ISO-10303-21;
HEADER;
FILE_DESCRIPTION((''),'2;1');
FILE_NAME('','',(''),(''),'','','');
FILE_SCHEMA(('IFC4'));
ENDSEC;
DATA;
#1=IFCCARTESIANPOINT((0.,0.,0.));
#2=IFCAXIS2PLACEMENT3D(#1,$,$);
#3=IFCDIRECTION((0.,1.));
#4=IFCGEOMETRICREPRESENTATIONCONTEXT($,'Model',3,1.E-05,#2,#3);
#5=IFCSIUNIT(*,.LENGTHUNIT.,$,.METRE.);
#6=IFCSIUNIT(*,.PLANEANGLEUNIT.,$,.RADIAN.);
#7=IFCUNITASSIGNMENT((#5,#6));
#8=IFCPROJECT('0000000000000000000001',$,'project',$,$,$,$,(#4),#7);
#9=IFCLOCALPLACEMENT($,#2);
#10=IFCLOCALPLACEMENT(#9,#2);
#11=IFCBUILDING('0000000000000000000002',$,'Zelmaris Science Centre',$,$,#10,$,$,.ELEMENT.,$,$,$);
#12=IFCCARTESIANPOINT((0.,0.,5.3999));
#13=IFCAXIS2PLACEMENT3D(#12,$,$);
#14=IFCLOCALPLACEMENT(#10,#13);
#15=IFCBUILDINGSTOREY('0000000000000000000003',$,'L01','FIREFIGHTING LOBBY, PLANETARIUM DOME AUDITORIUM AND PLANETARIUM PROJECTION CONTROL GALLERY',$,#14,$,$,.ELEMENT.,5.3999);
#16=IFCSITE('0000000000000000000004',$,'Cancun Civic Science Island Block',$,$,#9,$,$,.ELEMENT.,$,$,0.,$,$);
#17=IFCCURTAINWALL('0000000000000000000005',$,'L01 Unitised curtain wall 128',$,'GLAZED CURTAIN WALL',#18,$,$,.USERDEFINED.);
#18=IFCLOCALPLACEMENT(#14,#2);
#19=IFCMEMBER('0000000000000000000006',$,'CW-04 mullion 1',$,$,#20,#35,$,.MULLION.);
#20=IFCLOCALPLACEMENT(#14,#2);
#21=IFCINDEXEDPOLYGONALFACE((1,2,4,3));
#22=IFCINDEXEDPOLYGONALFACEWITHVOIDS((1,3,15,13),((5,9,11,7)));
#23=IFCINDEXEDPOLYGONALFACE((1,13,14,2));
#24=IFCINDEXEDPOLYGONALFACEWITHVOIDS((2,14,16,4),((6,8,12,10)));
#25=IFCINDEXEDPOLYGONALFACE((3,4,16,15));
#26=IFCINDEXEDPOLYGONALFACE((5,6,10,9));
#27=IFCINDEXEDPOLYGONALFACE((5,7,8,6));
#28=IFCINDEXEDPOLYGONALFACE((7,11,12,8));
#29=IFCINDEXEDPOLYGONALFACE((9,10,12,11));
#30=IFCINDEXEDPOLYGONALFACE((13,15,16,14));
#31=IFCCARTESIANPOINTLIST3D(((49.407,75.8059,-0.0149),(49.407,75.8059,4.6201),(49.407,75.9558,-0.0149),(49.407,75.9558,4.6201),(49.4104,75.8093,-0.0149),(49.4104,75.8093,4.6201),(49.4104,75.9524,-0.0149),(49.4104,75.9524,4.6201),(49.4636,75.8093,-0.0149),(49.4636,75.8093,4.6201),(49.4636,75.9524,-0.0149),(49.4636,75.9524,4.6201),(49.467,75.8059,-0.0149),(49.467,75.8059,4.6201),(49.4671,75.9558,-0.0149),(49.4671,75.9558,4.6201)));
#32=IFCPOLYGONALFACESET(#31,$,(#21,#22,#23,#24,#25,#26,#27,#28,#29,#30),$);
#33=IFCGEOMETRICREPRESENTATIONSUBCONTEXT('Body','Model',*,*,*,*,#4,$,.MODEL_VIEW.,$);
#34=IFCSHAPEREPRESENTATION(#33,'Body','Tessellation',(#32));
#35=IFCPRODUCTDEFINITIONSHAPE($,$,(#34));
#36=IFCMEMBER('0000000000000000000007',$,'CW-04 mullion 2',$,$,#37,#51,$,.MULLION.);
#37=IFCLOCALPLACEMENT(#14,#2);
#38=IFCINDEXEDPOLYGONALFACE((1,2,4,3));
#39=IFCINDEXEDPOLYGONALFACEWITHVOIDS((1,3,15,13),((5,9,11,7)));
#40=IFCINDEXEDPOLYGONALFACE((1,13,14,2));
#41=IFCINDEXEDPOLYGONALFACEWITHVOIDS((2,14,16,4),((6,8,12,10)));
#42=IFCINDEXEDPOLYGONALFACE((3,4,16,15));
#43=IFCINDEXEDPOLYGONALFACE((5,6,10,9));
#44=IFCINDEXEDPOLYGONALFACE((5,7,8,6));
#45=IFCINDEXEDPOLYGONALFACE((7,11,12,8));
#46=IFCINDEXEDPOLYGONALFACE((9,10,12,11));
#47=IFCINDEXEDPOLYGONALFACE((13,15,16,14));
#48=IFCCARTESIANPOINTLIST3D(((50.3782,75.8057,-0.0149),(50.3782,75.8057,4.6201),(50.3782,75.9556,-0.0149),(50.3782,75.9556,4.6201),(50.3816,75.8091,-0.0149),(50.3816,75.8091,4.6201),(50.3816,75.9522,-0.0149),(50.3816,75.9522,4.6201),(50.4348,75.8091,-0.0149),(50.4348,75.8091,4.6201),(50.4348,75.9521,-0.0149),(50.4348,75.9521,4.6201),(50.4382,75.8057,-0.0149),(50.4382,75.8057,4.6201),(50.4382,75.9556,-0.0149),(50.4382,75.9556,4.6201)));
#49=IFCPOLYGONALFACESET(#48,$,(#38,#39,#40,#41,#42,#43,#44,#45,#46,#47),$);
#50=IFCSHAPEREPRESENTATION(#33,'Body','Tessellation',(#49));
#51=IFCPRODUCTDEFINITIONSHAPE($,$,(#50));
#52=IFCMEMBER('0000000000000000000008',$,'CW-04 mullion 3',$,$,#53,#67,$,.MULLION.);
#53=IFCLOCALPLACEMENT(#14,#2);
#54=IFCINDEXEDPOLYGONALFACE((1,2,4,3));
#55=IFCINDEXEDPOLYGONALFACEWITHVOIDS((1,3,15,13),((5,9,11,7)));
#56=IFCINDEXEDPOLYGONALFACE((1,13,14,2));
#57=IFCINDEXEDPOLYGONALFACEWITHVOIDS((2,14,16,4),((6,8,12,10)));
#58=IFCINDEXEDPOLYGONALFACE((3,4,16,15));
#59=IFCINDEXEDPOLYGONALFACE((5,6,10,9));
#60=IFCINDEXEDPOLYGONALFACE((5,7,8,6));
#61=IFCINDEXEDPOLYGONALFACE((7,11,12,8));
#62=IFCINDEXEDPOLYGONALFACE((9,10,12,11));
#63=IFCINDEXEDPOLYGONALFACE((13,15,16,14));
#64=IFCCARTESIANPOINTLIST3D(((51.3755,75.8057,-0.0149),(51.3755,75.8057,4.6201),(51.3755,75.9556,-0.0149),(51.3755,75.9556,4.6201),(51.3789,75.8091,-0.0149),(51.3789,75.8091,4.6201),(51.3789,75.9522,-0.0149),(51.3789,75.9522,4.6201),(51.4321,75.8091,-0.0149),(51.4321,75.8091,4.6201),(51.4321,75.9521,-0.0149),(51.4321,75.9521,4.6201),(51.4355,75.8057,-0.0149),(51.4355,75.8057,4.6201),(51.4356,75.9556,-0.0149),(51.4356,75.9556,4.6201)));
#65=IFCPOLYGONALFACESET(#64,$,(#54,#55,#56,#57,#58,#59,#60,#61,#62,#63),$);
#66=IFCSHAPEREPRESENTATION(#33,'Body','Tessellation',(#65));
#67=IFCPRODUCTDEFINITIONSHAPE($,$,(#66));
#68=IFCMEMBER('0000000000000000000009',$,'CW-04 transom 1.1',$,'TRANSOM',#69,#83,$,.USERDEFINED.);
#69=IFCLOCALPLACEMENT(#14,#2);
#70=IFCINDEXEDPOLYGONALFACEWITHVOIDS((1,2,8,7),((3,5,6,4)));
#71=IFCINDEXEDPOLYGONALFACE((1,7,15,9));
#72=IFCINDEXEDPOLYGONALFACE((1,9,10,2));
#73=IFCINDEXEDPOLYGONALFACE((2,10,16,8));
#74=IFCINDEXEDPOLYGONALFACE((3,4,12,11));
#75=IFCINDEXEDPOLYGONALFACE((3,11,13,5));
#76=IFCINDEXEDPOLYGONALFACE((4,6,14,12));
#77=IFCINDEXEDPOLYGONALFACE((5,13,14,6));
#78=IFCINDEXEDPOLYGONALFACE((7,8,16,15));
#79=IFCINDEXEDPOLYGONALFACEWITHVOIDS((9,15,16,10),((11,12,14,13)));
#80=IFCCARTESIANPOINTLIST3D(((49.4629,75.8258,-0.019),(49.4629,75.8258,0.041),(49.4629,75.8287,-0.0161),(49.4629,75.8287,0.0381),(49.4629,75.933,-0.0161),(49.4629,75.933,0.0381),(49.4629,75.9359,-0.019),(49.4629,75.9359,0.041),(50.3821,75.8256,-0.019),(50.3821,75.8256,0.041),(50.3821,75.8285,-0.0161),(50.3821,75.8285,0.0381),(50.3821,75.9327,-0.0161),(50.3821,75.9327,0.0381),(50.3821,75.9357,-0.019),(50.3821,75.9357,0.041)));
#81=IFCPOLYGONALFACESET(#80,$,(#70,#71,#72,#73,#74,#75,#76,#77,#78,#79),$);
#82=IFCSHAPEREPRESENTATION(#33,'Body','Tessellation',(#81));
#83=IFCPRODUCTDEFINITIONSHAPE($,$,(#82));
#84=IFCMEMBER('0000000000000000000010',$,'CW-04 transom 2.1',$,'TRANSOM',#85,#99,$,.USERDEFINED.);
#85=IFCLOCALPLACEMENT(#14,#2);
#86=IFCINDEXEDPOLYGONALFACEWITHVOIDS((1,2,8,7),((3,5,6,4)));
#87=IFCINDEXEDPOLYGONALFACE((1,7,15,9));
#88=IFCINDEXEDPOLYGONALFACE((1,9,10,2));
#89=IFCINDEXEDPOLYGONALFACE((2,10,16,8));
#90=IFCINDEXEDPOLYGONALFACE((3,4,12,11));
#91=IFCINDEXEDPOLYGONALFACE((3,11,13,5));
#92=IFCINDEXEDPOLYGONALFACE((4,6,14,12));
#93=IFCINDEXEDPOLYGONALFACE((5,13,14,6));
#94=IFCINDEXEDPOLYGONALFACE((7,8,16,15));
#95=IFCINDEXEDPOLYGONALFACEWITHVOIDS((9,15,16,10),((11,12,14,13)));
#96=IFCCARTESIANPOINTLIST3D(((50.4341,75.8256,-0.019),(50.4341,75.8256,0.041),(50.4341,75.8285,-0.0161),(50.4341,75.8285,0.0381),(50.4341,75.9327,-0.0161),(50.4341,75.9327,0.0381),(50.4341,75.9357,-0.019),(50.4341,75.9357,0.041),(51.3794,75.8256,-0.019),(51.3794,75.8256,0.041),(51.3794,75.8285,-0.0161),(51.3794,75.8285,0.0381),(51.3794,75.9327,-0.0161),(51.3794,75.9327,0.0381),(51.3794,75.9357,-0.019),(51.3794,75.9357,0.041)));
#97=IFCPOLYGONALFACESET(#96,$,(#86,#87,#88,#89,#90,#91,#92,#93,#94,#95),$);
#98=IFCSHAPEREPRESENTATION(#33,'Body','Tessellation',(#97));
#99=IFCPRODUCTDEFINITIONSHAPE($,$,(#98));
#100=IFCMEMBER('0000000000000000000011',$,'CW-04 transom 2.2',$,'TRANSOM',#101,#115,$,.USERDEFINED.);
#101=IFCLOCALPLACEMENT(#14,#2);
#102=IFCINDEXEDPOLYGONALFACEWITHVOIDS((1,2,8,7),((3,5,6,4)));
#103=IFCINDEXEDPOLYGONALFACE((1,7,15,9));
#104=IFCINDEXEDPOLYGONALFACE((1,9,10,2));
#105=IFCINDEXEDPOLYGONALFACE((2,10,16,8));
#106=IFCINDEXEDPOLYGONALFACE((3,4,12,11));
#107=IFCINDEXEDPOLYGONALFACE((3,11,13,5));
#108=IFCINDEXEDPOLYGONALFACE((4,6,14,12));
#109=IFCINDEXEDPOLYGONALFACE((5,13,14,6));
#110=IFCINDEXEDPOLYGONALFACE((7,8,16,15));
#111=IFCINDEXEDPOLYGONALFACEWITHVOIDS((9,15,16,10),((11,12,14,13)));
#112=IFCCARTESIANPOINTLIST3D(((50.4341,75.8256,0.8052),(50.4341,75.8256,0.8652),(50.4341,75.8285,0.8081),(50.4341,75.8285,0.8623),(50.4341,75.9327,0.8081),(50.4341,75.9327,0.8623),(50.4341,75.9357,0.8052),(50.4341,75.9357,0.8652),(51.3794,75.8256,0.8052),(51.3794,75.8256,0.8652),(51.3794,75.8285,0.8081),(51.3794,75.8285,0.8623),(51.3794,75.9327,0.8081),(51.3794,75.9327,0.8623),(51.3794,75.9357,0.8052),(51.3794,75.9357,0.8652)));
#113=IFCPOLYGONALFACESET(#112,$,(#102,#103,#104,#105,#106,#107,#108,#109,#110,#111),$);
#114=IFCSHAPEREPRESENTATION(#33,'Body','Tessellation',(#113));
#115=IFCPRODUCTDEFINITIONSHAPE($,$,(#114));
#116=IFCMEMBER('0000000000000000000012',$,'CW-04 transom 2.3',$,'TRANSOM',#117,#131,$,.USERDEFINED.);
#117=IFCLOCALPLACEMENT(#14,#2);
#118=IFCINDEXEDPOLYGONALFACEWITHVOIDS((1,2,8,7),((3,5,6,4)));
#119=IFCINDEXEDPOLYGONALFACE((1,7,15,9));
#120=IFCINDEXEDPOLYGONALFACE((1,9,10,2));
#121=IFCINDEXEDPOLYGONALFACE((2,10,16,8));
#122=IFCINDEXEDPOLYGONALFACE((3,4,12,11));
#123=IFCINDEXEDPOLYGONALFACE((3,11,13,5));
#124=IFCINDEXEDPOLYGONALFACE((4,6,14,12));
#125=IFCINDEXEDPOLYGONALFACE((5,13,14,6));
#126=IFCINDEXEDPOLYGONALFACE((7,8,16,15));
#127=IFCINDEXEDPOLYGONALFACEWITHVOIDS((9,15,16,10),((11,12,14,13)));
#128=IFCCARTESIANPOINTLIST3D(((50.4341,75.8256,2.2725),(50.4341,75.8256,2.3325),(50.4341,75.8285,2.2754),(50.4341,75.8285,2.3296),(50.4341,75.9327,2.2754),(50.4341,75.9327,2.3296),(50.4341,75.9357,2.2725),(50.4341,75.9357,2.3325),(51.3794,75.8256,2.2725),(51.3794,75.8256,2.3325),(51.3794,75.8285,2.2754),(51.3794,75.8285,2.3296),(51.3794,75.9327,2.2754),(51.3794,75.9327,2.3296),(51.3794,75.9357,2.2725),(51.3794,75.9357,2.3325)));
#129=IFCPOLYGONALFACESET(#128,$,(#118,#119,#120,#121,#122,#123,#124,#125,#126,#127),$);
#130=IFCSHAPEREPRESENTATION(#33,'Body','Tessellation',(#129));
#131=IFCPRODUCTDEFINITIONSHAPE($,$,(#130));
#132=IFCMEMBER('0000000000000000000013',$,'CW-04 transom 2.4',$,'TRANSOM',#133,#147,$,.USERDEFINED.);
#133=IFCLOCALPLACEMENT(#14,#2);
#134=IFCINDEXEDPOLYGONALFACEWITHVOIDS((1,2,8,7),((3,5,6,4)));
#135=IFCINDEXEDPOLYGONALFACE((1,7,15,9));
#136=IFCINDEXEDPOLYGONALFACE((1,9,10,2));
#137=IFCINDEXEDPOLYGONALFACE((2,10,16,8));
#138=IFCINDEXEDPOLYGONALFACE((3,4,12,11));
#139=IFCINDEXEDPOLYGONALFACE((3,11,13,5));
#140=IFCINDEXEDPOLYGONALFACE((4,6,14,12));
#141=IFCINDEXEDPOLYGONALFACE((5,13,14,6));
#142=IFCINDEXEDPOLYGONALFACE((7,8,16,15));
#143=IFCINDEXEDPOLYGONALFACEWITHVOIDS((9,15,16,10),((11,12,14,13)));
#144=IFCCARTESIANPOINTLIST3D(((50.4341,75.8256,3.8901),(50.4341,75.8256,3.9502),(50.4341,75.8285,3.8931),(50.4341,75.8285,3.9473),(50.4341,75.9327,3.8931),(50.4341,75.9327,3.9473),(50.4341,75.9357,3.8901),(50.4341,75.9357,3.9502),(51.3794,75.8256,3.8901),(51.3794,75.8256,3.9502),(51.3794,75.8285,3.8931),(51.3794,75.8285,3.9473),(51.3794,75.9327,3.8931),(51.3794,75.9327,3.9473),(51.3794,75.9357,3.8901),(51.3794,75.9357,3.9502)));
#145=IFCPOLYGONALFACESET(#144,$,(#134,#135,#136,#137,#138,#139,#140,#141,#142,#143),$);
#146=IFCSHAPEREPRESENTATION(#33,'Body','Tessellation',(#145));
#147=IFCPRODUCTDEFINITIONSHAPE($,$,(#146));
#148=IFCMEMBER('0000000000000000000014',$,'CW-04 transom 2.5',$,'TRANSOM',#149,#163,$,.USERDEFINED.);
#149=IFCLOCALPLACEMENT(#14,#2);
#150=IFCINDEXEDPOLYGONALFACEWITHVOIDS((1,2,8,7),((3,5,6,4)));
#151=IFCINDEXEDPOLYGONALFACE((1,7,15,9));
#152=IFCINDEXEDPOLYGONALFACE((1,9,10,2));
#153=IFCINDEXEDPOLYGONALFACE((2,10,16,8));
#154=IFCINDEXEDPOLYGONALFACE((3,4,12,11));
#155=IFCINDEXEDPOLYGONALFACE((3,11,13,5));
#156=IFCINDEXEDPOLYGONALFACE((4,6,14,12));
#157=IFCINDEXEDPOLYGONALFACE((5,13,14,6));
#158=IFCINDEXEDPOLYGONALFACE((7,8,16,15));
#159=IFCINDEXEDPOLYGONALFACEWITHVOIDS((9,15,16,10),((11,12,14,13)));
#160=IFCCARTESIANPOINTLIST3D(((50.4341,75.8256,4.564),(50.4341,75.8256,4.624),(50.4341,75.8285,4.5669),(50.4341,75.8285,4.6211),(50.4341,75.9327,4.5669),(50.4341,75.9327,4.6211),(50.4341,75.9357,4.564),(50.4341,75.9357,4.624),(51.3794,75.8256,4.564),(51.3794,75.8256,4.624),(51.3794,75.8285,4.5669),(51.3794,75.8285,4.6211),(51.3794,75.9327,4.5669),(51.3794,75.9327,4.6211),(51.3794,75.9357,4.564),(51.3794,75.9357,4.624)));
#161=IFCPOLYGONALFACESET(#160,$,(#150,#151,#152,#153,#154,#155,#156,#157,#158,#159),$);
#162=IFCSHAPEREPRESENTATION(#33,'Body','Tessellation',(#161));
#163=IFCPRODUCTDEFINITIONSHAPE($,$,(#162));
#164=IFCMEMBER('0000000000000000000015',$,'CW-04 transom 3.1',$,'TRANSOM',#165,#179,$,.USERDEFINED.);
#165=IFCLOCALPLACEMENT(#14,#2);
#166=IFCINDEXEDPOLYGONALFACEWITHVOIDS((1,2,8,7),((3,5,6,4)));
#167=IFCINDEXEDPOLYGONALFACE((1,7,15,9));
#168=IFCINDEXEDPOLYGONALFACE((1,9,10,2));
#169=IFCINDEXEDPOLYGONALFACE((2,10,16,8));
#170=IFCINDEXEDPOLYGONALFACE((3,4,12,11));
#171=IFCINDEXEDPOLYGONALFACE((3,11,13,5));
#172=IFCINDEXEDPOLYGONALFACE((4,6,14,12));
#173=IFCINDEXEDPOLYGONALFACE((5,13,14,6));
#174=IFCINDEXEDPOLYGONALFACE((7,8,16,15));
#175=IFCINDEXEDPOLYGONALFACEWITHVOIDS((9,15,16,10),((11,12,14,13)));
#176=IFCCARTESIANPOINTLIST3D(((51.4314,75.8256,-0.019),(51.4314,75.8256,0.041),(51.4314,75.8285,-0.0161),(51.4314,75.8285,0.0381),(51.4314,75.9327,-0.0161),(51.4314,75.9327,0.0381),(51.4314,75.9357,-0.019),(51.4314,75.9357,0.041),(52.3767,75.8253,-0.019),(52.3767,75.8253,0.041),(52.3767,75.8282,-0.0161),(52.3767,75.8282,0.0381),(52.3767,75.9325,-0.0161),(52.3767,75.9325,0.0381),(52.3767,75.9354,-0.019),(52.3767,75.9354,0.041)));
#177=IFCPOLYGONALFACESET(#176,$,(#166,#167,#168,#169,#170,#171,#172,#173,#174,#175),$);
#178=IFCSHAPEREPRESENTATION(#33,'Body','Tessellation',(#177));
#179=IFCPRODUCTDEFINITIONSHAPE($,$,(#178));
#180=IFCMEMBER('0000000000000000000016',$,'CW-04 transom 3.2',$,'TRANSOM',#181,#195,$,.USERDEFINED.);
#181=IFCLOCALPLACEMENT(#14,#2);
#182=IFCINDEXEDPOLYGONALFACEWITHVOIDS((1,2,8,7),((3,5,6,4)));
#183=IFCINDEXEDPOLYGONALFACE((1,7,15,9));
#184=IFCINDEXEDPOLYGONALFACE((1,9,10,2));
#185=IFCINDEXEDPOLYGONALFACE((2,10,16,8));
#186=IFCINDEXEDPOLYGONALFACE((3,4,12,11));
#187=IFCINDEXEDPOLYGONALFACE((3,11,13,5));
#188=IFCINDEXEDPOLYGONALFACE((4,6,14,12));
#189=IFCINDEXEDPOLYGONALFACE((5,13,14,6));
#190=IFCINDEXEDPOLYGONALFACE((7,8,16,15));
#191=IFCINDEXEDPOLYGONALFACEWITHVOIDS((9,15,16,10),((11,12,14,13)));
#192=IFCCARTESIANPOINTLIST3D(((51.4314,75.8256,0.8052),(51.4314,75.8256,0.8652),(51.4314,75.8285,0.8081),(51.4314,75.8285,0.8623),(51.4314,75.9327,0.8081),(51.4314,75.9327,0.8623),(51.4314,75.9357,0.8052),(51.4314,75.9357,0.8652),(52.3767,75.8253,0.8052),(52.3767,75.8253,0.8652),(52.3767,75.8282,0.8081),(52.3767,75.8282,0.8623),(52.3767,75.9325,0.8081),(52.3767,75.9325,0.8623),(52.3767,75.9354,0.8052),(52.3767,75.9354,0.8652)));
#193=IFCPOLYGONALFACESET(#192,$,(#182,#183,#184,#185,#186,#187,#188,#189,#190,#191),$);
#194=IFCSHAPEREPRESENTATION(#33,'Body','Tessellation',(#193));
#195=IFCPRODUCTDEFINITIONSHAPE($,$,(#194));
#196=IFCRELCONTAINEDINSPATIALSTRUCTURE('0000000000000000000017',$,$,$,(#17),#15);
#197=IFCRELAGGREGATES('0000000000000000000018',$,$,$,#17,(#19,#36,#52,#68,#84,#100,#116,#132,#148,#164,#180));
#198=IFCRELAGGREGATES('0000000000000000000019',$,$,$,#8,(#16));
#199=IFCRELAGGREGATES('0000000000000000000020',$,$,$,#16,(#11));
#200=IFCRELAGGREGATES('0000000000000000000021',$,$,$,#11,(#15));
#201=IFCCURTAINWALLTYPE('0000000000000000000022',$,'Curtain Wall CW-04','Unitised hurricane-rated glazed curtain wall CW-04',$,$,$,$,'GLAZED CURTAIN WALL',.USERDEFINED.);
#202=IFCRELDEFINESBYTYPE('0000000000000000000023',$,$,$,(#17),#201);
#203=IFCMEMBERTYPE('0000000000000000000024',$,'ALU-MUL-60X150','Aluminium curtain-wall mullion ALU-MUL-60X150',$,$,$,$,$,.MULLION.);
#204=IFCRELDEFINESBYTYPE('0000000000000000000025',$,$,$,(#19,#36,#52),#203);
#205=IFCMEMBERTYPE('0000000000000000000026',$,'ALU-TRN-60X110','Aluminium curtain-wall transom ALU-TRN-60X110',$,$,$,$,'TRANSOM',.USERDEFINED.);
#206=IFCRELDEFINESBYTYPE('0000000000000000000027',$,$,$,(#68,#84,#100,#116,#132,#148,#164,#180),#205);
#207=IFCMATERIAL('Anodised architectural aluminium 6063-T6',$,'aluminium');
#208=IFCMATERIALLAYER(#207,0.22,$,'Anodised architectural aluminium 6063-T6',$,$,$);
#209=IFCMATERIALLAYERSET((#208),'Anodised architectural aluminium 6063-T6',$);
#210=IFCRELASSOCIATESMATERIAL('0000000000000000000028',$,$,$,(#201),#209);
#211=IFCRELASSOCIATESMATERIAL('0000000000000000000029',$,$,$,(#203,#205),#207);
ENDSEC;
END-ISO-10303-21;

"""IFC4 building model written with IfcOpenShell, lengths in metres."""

from ifc_helpers import new_model, si_unit, direction, frame, origin, origin_2d, place, context, subcontext, project, spatial, hollow_rectangle, extrude, material, layer, layer_set, material_profile, profile_set, type_object, element, aggregate, save


model = new_model("IFC4")

# Units and contexts
model_context = context("Model", 3, precision=1e-05, world=origin(), true_north=direction((0.0, 1.0)))
body_context = subcontext(model_context, "Body", "Model", "MODEL_VIEW")
ifc_project = project(units=[si_unit("LENGTHUNIT", "METRE"), si_unit("PLANEANGLEUNIT", "RADIAN")], contexts=[model_context])

# Site, building, storey
site_placement = place(None, origin())
site = spatial("IfcSite", under=ifc_project, at=site_placement, Name="Cancun Civic Science Island Block", CompositionType="ELEMENT", RefElevation=0.0)
building_placement = place(site_placement, origin())
building = spatial("IfcBuilding", under=site, at=building_placement, Name="Zelmaris Science Centre", CompositionType="ELEMENT")
storey_placement = place(building_placement, frame((0.0, 0.0, 5.3999)))
storey = spatial("IfcBuildingStorey", under=building, at=storey_placement, Name="L01", Description="FIREFIGHTING LOBBY, PLANETARIUM DOME AUDITORIUM AND PLANETARIUM PROJECTION CONTROL GALLERY", CompositionType="ELEMENT", Elevation=5.3999)

# Curtain wall, members
ifc_material_1 = material(Name="Anodised architectural aluminium 6063-T6", Category="aluminium")
ifc_layer_1 = layer(ifc_material_1, 0.22, Name="Anodised architectural aluminium 6063-T6")
ifc_layer_set_1 = layer_set([ifc_layer_1], Name="Anodised architectural aluminium 6063-T6")
curtain_wall_type = type_object("IfcCurtainWallType", Name="Curtain Wall CW-04", Description="Unitised hurricane-rated glazed curtain wall CW-04", ElementType="GLAZED CURTAIN WALL", PredefinedType="USERDEFINED", material=ifc_layer_set_1)
curtain_wall_placement = place(storey_placement, origin())
curtain_wall = element("IfcCurtainWall", 1, at=curtain_wall_placement, inside=storey, type_object=curtain_wall_type, Name="L01 Unitised curtain wall 128", ObjectType="GLAZED CURTAIN WALL", PredefinedType="USERDEFINED")
ifc_material_profile_1 = material_profile(ifc_material_1, hollow_rectangle(XDim=0.0601, YDim=0.1499, WallThickness=0.0034, at=origin_2d()), Name="ALU-MUL-60X150")
ifc_profile_set_1 = profile_set([ifc_material_profile_1], Name="Anodised architectural aluminium 6063-T6")
member_type_1 = type_object("IfcMemberType", Name="ALU-MUL-60X150", Description="Aluminium curtain-wall mullion ALU-MUL-60X150", PredefinedType="MULLION", material=ifc_profile_set_1)
member_1_placement = place(storey_placement, frame((49.437, 75.8809, -0.0149), z_axis=(0.0, 0.0, 1.0), x_axis=(1.0, -0.000194, 0.0)))
member_1 = element("IfcMember", 2, at=member_1_placement, type_object=member_type_1, Name="CW-04 mullion 1", PredefinedType="MULLION", context=body_context, shape_type="SweptSolid", body=[
    extrude(hollow_rectangle(XDim=0.0601, YDim=0.1499, WallThickness=0.0034, at=origin_2d()), origin(), (0.0, 0.0, 1.0), 4.635),
])
member_2_placement = place(storey_placement, frame((50.4082, 75.8806, -0.0149), z_axis=(0.0, 0.0, 1.0), x_axis=(1.0, -0.000194, 0.0)))
member_2 = element("IfcMember", 3, at=member_2_placement, type_object=member_type_1, Name="CW-04 mullion 2", PredefinedType="MULLION", context=body_context, shape_type="SweptSolid", body=[
    extrude(hollow_rectangle(XDim=0.0601, YDim=0.1499, WallThickness=0.0034, at=origin_2d()), origin(), (0.0, 0.0, 1.0), 4.635),
])
member_3_placement = place(storey_placement, frame((51.4055, 75.8806, -0.0149), z_axis=(0.0, 0.0, 1.0), x_axis=(1.0, -0.000194, 0.0)))
member_3 = element("IfcMember", 4, at=member_3_placement, type_object=member_type_1, Name="CW-04 mullion 3", PredefinedType="MULLION", context=body_context, shape_type="SweptSolid", body=[
    extrude(hollow_rectangle(XDim=0.0601, YDim=0.1499, WallThickness=0.0034, at=origin_2d()), origin(), (0.0, 0.0, 1.0), 4.635),
])
ifc_material_profile_2 = material_profile(ifc_material_1, hollow_rectangle(XDim=0.0601, YDim=0.1101, WallThickness=0.0029, at=origin_2d()), Name="ALU-TRN-60X110")
ifc_profile_set_2 = profile_set([ifc_material_profile_2], Name="Anodised architectural aluminium 6063-T6")
member_type_2 = type_object("IfcMemberType", Name="ALU-TRN-60X110", Description="Aluminium curtain-wall transom ALU-TRN-60X110", ElementType="TRANSOM", PredefinedType="USERDEFINED", material=ifc_profile_set_2)
member_4_placement = place(storey_placement, frame((49.4629, 75.8809, 0.011), z_axis=(1.0, -0.000266, 0.0), x_axis=(0.0, 0.0, 1.0)))
member_4 = element("IfcMember", 5, at=member_4_placement, type_object=member_type_2, Name="CW-04 transom 1.1", ObjectType="TRANSOM", PredefinedType="USERDEFINED", context=body_context, shape_type="SweptSolid", body=[
    extrude(hollow_rectangle(XDim=0.0601, YDim=0.1101, WallThickness=0.0029, at=origin_2d()), origin(), (0.0, 0.0, 1.0), 0.9192),
])
member_5_placement = place(storey_placement, frame((50.4341, 75.8806, 0.011), z_axis=(1.0, 0.0, 0.0), x_axis=(0.0, 0.0, 1.0)))
member_5 = element("IfcMember", 6, at=member_5_placement, type_object=member_type_2, Name="CW-04 transom 2.1", ObjectType="TRANSOM", PredefinedType="USERDEFINED", context=body_context, shape_type="SweptSolid", body=[
    extrude(hollow_rectangle(XDim=0.0601, YDim=0.1101, WallThickness=0.0029, at=origin_2d()), origin(), (0.0, 0.0, 1.0), 0.9453),
])
member_6_placement = place(storey_placement, frame((50.4341, 75.8806, 0.8352), z_axis=(1.0, 0.0, 0.0), x_axis=(0.0, 0.0, 1.0)))
member_6 = element("IfcMember", 7, at=member_6_placement, type_object=member_type_2, Name="CW-04 transom 2.2", ObjectType="TRANSOM", PredefinedType="USERDEFINED", context=body_context, shape_type="SweptSolid", body=[
    extrude(hollow_rectangle(XDim=0.0601, YDim=0.1101, WallThickness=0.0029, at=origin_2d()), origin(), (0.0, 0.0, 1.0), 0.9453),
])
member_7_placement = place(storey_placement, frame((50.4341, 75.8806, 2.3025), z_axis=(1.0, 0.0, 0.0), x_axis=(0.0, 0.0, 1.0)))
member_7 = element("IfcMember", 8, at=member_7_placement, type_object=member_type_2, Name="CW-04 transom 2.3", ObjectType="TRANSOM", PredefinedType="USERDEFINED", context=body_context, shape_type="SweptSolid", body=[
    extrude(hollow_rectangle(XDim=0.0601, YDim=0.1101, WallThickness=0.0029, at=origin_2d()), origin(), (0.0, 0.0, 1.0), 0.9453),
])
member_8_placement = place(storey_placement, frame((50.4341, 75.8806, 3.9202), z_axis=(1.0, 0.0, 0.0), x_axis=(0.0, 0.0, 1.0)))
member_8 = element("IfcMember", 9, at=member_8_placement, type_object=member_type_2, Name="CW-04 transom 2.4", ObjectType="TRANSOM", PredefinedType="USERDEFINED", context=body_context, shape_type="SweptSolid", body=[
    extrude(hollow_rectangle(XDim=0.0601, YDim=0.1101, WallThickness=0.0029, at=origin_2d()), origin(), (0.0, 0.0, 1.0), 0.9453),
])
member_9_placement = place(storey_placement, frame((50.4341, 75.8806, 4.594), z_axis=(1.0, 0.0, 0.0), x_axis=(0.0, 0.0, 1.0)))
member_9 = element("IfcMember", 10, at=member_9_placement, type_object=member_type_2, Name="CW-04 transom 2.5", ObjectType="TRANSOM", PredefinedType="USERDEFINED", context=body_context, shape_type="SweptSolid", body=[
    extrude(hollow_rectangle(XDim=0.0601, YDim=0.1101, WallThickness=0.0029, at=origin_2d()), origin(), (0.0, 0.0, 1.0), 0.9453),
])
member_10_placement = place(storey_placement, frame((51.4314, 75.8806, 0.011), z_axis=(1.0, -0.000258, 0.0), x_axis=(0.0, 0.0, 1.0)))
member_10 = element("IfcMember", 11, at=member_10_placement, type_object=member_type_2, Name="CW-04 transom 3.1", ObjectType="TRANSOM", PredefinedType="USERDEFINED", context=body_context, shape_type="SweptSolid", body=[
    extrude(hollow_rectangle(XDim=0.0601, YDim=0.1101, WallThickness=0.0029, at=origin_2d()), origin(), (0.0, 0.0, 1.0), 0.9453),
])
member_11_placement = place(storey_placement, frame((51.4314, 75.8806, 0.8352), z_axis=(1.0, -0.000258, 0.0), x_axis=(0.0, 0.0, 1.0)))
member_11 = element("IfcMember", 12, at=member_11_placement, type_object=member_type_2, Name="CW-04 transom 3.2", ObjectType="TRANSOM", PredefinedType="USERDEFINED", context=body_context, shape_type="SweptSolid", body=[
    extrude(hollow_rectangle(XDim=0.0601, YDim=0.1101, WallThickness=0.0029, at=origin_2d()), origin(), (0.0, 0.0, 1.0), 0.9453),
])

aggregate(curtain_wall, [member_1, member_2, member_3, member_4, member_5, member_6, member_7, member_8, member_9, member_10, member_11])

save(model, "model.ifc")
